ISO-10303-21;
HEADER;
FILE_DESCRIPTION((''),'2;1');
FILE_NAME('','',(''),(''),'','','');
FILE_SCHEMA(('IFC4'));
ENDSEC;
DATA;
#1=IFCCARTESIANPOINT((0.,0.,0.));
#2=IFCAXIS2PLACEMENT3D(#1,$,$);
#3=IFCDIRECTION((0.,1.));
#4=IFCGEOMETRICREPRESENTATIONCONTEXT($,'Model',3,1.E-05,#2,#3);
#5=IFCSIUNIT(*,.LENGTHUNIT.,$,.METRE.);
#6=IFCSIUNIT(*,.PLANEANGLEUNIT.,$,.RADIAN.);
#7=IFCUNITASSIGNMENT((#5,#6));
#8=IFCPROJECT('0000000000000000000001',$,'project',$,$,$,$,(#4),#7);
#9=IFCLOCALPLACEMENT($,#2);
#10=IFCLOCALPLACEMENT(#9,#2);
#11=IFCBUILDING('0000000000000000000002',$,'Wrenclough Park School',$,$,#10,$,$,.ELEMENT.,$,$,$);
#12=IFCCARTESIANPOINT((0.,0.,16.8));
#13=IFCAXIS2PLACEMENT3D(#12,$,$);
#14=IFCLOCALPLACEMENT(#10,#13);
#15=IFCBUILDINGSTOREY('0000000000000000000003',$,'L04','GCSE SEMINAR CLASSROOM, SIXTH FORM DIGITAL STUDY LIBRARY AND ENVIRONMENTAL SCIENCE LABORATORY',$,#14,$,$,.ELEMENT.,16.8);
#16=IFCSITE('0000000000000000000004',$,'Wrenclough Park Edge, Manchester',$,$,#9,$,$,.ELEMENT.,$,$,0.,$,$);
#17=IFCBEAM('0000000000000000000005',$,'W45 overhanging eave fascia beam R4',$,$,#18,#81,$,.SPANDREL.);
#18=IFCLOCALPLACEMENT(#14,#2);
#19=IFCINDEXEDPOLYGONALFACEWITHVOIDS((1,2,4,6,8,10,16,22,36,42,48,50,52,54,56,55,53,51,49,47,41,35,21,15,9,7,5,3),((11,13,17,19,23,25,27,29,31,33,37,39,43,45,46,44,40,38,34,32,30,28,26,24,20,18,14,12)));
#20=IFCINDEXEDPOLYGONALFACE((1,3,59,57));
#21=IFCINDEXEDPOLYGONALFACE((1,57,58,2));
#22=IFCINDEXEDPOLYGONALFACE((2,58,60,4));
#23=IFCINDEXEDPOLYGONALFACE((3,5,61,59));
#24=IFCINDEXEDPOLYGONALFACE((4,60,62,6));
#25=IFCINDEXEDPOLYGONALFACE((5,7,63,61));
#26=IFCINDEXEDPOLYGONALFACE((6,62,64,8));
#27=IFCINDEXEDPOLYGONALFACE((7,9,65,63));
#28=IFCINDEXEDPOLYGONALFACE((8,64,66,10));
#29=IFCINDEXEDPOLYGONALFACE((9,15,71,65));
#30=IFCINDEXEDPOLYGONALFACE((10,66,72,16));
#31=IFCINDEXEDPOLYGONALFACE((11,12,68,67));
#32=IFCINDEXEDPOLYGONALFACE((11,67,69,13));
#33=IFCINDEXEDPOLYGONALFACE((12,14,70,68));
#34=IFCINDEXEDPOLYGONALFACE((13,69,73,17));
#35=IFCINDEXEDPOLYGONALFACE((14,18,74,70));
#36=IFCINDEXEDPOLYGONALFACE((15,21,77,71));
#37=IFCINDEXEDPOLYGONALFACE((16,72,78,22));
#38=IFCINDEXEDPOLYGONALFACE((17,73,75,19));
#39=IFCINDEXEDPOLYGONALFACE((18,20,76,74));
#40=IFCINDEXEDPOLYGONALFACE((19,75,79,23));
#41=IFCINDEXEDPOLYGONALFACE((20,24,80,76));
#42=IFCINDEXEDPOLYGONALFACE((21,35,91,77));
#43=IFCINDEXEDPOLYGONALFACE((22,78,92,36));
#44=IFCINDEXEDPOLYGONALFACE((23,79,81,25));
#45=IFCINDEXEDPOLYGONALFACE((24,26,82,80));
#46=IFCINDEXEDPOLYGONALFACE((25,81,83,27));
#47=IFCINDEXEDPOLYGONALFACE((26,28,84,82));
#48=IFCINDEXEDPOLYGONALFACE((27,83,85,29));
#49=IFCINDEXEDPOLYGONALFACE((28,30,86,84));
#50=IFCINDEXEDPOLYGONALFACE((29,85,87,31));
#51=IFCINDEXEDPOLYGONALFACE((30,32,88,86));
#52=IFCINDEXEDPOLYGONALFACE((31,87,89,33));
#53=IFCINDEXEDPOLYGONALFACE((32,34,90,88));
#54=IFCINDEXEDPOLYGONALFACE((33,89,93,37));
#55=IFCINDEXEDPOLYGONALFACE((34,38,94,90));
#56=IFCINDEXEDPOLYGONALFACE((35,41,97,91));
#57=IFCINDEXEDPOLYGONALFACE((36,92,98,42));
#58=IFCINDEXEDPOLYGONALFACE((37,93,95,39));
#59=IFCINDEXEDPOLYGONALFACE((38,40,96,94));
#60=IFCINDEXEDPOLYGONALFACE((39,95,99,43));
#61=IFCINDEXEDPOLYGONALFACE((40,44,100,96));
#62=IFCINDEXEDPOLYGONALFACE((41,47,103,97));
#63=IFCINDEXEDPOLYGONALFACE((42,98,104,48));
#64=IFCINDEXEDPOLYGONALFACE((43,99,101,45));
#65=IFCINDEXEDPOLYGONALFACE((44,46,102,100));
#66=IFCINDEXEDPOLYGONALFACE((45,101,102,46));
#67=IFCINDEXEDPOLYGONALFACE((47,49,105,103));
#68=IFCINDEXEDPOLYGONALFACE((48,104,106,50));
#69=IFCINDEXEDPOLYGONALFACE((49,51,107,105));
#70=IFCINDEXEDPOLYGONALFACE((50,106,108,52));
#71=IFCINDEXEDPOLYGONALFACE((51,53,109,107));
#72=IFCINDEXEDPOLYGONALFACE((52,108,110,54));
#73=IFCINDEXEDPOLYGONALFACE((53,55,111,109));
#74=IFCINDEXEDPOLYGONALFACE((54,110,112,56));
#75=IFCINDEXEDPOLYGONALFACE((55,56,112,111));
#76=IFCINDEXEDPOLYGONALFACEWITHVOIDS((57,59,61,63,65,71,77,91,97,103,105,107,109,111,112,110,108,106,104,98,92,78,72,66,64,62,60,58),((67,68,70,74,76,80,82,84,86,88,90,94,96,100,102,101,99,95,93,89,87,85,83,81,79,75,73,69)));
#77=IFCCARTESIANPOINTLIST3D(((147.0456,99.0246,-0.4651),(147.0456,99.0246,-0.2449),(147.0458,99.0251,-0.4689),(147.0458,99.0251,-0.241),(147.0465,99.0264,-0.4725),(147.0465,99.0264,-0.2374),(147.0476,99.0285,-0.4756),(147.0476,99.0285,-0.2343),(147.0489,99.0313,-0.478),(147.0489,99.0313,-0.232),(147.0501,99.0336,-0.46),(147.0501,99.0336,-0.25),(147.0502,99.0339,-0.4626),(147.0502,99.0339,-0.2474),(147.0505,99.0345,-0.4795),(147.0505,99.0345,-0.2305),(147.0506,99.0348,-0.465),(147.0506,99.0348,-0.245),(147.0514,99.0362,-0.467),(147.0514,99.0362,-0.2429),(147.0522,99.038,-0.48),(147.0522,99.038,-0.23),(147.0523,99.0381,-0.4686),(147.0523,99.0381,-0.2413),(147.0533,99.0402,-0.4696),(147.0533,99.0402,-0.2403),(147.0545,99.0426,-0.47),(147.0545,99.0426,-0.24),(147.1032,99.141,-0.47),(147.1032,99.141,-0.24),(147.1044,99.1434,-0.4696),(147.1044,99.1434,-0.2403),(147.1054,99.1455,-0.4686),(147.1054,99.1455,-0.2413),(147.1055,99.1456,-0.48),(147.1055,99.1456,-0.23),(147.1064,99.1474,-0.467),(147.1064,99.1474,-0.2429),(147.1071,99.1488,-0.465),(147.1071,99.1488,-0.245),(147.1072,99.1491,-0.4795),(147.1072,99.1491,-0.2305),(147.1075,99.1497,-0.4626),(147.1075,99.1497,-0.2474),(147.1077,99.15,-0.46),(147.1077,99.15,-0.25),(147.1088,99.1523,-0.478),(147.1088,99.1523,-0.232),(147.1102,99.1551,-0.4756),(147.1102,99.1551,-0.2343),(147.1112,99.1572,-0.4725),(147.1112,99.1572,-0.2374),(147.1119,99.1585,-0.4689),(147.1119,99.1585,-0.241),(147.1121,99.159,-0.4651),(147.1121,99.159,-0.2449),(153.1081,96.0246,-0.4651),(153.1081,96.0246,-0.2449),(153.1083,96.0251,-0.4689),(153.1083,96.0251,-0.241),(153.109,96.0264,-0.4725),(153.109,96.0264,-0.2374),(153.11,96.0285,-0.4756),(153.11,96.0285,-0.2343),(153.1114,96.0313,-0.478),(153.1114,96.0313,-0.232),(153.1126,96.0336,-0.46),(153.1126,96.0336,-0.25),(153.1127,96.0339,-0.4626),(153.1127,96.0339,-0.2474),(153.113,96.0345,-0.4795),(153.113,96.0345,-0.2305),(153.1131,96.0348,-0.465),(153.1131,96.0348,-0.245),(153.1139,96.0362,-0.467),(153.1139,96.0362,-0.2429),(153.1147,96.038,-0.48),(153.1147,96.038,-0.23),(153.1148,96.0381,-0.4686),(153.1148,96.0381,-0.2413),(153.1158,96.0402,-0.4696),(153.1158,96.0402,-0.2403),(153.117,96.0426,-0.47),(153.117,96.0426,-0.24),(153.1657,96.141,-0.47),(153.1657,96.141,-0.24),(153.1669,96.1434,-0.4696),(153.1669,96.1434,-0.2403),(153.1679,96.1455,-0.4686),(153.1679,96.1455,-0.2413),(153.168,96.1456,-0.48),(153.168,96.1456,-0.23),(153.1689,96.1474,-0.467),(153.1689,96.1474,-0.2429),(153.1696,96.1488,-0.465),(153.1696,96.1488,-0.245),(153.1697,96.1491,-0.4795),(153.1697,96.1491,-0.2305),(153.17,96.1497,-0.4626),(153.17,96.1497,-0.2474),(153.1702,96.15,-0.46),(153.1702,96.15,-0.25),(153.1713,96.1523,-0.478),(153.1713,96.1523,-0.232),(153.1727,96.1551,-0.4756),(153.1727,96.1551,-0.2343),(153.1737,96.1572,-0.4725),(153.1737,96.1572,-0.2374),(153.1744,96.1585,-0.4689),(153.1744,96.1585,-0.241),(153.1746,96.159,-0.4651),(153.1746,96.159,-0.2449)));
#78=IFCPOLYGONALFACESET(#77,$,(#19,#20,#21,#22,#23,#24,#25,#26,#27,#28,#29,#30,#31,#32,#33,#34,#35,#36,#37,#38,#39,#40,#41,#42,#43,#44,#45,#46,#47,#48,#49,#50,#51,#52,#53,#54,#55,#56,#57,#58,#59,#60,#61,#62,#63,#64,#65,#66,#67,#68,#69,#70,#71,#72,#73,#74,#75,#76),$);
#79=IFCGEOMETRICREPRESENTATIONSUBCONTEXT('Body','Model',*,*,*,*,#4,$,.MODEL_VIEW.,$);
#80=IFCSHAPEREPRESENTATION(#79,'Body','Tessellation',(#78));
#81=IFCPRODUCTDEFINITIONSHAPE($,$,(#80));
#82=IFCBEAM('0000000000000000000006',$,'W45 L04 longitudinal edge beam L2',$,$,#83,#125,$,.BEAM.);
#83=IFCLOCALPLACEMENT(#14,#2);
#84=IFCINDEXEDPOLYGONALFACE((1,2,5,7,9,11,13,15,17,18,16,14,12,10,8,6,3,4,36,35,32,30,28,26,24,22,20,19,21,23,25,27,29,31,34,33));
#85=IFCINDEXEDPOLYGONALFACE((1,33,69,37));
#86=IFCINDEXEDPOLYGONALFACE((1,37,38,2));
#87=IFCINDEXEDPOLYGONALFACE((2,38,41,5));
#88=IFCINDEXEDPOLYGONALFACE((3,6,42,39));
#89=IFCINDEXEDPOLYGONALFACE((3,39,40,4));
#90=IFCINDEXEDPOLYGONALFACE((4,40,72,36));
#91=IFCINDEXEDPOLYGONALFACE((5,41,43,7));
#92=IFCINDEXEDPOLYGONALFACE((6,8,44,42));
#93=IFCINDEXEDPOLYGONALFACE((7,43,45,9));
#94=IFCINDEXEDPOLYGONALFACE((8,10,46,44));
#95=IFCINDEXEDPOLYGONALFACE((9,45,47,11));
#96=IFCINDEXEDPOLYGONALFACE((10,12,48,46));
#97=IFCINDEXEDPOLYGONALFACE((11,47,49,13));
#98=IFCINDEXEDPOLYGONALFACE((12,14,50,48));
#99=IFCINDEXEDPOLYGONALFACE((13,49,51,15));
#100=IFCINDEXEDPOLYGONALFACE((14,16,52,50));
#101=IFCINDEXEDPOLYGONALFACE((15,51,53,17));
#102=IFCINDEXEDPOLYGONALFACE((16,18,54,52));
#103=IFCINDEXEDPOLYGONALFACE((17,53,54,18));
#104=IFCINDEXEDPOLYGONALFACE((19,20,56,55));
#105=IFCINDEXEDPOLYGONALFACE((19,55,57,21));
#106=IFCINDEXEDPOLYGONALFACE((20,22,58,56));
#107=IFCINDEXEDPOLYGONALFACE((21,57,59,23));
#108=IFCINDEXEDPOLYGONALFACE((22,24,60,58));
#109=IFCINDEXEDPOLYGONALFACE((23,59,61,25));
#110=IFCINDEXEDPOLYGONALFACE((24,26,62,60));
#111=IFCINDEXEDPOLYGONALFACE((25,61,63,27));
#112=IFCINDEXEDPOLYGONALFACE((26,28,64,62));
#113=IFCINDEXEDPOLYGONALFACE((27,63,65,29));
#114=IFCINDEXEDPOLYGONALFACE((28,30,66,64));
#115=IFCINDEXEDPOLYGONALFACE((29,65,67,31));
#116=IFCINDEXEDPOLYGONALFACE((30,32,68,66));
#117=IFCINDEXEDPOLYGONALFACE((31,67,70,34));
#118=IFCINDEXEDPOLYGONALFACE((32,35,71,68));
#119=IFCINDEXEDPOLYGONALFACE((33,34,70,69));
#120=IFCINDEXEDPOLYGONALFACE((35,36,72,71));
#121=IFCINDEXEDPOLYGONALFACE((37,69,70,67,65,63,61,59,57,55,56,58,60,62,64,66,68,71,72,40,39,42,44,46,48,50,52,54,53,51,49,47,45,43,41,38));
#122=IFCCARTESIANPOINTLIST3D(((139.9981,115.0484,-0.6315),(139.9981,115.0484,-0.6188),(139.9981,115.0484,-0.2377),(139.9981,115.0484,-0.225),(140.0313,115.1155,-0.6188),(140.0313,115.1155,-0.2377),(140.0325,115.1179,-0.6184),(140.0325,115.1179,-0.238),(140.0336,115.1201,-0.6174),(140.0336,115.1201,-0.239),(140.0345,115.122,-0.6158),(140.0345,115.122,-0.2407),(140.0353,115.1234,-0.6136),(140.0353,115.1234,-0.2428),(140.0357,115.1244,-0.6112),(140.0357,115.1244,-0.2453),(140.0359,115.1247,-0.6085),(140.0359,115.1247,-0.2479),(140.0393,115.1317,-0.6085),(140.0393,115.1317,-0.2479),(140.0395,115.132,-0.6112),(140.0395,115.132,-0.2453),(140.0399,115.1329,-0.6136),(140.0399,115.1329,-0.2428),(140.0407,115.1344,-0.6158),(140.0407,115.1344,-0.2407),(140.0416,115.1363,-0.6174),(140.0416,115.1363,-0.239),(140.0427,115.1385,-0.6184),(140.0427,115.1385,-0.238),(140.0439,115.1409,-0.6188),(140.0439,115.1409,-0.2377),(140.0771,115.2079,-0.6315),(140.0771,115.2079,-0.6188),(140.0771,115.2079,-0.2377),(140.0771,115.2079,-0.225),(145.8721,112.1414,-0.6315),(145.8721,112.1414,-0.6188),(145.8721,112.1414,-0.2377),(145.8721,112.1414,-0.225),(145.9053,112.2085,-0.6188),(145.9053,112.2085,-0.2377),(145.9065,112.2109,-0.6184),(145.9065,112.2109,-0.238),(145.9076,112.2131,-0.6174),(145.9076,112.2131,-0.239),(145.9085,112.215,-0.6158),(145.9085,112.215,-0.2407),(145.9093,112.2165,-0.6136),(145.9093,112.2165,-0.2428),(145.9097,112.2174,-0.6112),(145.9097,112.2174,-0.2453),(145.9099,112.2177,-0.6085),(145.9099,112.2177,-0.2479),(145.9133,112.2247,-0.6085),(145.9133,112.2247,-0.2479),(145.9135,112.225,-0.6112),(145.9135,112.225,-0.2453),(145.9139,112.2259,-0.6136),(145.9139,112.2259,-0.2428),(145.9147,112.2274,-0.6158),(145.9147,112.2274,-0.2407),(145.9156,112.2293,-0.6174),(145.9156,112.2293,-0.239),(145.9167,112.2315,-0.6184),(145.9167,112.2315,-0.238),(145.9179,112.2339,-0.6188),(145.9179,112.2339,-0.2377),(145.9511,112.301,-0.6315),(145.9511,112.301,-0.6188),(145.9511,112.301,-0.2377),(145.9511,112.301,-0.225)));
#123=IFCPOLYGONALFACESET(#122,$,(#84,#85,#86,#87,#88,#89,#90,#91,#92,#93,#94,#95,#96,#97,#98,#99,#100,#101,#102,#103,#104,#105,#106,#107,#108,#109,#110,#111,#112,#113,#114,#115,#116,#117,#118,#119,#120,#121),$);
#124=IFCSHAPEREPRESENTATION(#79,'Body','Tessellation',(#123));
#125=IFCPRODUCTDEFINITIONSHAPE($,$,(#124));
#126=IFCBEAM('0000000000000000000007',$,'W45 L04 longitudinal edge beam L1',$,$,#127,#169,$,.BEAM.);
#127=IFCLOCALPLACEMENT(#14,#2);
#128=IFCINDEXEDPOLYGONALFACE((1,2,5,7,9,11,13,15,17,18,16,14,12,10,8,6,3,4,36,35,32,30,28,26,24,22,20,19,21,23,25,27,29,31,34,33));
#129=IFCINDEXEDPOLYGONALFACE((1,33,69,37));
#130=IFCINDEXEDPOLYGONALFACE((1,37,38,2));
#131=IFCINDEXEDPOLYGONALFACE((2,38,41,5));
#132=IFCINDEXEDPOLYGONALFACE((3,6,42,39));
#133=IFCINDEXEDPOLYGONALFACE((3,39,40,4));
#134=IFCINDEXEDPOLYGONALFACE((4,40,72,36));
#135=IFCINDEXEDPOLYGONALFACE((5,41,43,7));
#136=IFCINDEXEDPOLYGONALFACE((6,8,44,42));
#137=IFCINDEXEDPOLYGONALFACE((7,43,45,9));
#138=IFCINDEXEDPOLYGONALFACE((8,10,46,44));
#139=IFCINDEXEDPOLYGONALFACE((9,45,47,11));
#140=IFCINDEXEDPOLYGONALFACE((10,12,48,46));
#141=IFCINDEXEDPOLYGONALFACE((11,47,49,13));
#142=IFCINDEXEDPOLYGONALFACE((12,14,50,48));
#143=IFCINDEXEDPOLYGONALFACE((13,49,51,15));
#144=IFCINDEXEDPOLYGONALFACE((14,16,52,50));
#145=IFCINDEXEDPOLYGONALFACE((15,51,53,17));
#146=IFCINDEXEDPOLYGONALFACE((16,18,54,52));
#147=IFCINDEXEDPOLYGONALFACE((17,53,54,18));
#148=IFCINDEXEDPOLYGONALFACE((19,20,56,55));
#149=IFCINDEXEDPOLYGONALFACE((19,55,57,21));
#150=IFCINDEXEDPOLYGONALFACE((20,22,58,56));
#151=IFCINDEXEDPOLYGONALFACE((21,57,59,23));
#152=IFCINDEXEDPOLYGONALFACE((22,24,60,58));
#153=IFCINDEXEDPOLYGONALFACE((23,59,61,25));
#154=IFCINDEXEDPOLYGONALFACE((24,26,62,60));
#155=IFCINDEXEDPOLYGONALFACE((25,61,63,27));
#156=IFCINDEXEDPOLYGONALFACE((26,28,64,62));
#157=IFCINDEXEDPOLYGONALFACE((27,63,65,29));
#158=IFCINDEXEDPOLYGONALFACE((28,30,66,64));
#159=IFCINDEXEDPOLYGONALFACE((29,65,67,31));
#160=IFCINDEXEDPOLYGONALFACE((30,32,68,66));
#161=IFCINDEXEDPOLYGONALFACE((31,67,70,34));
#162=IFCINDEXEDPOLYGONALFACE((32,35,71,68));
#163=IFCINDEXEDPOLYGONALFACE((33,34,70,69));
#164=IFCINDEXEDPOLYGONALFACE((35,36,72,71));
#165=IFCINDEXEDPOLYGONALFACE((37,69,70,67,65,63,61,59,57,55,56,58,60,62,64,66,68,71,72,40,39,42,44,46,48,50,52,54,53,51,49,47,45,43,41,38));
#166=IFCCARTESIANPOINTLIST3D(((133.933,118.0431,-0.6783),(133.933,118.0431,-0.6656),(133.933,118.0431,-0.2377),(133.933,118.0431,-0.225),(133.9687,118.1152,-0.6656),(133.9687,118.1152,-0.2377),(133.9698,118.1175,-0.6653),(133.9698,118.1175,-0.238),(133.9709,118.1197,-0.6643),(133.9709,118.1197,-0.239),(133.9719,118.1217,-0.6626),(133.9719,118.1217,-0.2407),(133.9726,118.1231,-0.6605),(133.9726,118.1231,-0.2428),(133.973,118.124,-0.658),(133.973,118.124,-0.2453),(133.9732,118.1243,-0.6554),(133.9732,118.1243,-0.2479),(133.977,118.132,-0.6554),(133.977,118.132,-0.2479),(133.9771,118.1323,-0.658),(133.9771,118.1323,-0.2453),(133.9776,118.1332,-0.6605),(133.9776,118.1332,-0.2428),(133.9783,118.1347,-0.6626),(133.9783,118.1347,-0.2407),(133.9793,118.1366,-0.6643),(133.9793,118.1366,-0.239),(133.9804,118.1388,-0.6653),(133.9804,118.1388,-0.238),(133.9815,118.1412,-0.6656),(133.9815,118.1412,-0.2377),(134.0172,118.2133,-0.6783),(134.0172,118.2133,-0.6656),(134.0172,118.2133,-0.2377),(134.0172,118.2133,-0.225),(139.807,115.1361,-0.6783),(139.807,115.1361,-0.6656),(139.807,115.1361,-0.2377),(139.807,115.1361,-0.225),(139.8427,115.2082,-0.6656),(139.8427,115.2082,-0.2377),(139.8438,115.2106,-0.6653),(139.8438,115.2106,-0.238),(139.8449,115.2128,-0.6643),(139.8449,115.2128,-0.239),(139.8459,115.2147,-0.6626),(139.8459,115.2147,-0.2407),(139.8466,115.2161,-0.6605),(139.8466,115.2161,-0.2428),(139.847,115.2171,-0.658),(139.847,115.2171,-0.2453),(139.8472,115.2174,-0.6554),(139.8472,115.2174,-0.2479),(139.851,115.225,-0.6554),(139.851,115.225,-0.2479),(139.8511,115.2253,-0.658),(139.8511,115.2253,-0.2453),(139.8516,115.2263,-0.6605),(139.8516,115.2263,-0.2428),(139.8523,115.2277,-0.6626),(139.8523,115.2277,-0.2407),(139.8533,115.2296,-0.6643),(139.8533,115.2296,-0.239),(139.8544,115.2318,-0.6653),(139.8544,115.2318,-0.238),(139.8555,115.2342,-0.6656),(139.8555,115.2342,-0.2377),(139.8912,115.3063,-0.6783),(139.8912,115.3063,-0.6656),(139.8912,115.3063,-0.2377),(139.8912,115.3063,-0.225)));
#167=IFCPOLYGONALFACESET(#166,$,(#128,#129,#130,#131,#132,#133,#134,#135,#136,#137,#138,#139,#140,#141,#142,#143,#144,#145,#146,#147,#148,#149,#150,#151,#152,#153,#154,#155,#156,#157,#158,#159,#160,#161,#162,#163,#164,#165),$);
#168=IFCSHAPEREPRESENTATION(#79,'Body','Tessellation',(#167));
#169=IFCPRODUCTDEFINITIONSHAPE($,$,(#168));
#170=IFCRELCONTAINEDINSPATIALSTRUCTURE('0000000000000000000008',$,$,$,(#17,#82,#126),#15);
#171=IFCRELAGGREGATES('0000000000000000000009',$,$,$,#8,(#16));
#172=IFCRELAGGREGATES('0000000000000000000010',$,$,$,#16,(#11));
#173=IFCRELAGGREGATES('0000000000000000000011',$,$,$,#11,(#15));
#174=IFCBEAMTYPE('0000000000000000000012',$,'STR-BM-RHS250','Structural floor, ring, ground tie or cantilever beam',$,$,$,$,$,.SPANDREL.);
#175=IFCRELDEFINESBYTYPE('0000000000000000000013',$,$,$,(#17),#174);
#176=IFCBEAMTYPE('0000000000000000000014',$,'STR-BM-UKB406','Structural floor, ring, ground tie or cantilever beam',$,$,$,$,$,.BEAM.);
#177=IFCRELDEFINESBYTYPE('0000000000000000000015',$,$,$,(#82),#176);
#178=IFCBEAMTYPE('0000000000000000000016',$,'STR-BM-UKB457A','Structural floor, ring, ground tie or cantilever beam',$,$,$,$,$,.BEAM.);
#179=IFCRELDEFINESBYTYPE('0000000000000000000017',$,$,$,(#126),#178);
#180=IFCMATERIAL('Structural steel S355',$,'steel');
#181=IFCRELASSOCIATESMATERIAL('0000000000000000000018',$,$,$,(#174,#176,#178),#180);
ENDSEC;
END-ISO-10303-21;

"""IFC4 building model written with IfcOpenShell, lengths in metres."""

from ifc_helpers import new_model, si_unit, direction, frame, origin, origin_2d, place, context, subcontext, project, spatial, hollow_rectangle, i_section, extrude, material, material_profile, profile_set, type_object, element, save


model = new_model("IFC4")

# Units and contexts
model_context = context("Model", 3, precision=1e-05, world=origin(), true_north=direction((0.0, 1.0)))
body_context = subcontext(model_context, "Body", "Model", "MODEL_VIEW")
ifc_project = project(units=[si_unit("LENGTHUNIT", "METRE"), si_unit("PLANEANGLEUNIT", "RADIAN")], contexts=[model_context])

# Site, building, storey
site_placement = place(None, origin())
site = spatial("IfcSite", under=ifc_project, at=site_placement, Name="Wrenclough Park Edge, Manchester", CompositionType="ELEMENT", RefElevation=0.0)
building_placement = place(site_placement, origin())
building = spatial("IfcBuilding", under=site, at=building_placement, Name="Wrenclough Park School", CompositionType="ELEMENT")
storey_placement = place(building_placement, frame((0.0, 0.0, 16.8)))
storey = spatial("IfcBuildingStorey", under=building, at=storey_placement, Name="L04", Description="GCSE SEMINAR CLASSROOM, SIXTH FORM DIGITAL STUDY LIBRARY AND ENVIRONMENTAL SCIENCE LABORATORY", CompositionType="ELEMENT", Elevation=16.8)

# Beams
ifc_material_1 = material(Name="Structural steel S355", Category="steel")
ifc_material_profile_1 = material_profile(ifc_material_1, hollow_rectangle(XDim=0.1499, YDim=0.25, WallThickness=0.01, InnerFilletRadius=0.01, OuterFilletRadius=0.0149, at=origin_2d()), Name="RHS 250x150x10.0")
ifc_profile_set_1 = profile_set([ifc_material_profile_1], Name="Structural steel S355")
beam_type_1 = type_object("IfcBeamType", Name="STR-BM-RHS250", Description="Structural floor, ring, ground tie or cantilever beam", PredefinedType="SPANDREL", material=ifc_profile_set_1)
for number, where, z_axis, x_axis, name in (
    (1, (147.0789, 99.0918, -0.355), (0.896268, -0.443514, 0.0), (0.443514, 0.896268, 0.0), "W45 overhanging eave fascia beam R4"),
):
    element("IfcBeam", number, at=place(storey_placement, frame(where, z_axis=z_axis, x_axis=x_axis)), inside=storey, type_object=beam_type_1, Name=name, PredefinedType="SPANDREL", context=body_context, shape_type="SweptSolid", body=[
        extrude(hollow_rectangle(XDim=0.1499, YDim=0.25, WallThickness=0.01, InnerFilletRadius=0.01, OuterFilletRadius=0.0149, at=origin_2d()), origin(), (0.0, 0.0, 1.0), 6.7642),
    ])
ifc_material_profile_2 = material_profile(ifc_material_1, i_section(OverallWidth=0.178, OverallDepth=0.4065, WebThickness=0.0078, FlangeThickness=0.0127, FilletRadius=0.0103, at=origin_2d()), Name="UKB 406x178x60")
ifc_profile_set_2 = profile_set([ifc_material_profile_2], Name="Structural steel S355")
beam_type_2 = type_object("IfcBeamType", Name="STR-BM-UKB406", Description="Structural floor, ring, ground tie or cantilever beam", PredefinedType="BEAM", material=ifc_profile_set_2)
beam_placement = place(storey_placement, frame((140.0376, 115.1282, -0.4282), z_axis=(0.896252, -0.443544, 0.0), x_axis=(0.443544, 0.896252, 0.0)))
element("IfcBeam", 2, at=beam_placement, inside=storey, type_object=beam_type_2, Name="W45 L04 longitudinal edge beam L2", PredefinedType="BEAM", context=body_context, shape_type="SweptSolid", body=[
    extrude(i_section(OverallWidth=0.178, OverallDepth=0.4065, WebThickness=0.0078, FlangeThickness=0.0127, FilletRadius=0.0103, at=origin_2d()), origin(), (0.0, 0.0, 1.0), 6.554),
])
ifc_material_profile_3 = material_profile(ifc_material_1, i_section(OverallWidth=0.1899, OverallDepth=0.4534, WebThickness=0.0085, FlangeThickness=0.0127, FilletRadius=0.0103, at=origin_2d()), Name="UKB 457x191x67")
ifc_profile_set_3 = profile_set([ifc_material_profile_3], Name="Structural steel S355")
beam_type_3 = type_object("IfcBeamType", Name="STR-BM-UKB457A", Description="Structural floor, ring, ground tie or cantilever beam", PredefinedType="BEAM", material=ifc_profile_set_3)
for number, where, z_axis, x_axis, name in (
    (3, (133.9751, 118.1282, -0.4517), (0.896252, -0.443544, 0.0), (0.443544, 0.896252, 0.0), "W45 L04 longitudinal edge beam L1"),
):
    element("IfcBeam", number, at=place(storey_placement, frame(where, z_axis=z_axis, x_axis=x_axis)), inside=storey, type_object=beam_type_3, Name=name, PredefinedType="BEAM", context=body_context, shape_type="SweptSolid", body=[
        extrude(i_section(OverallWidth=0.1899, OverallDepth=0.4534, WebThickness=0.0085, FlangeThickness=0.0127, FilletRadius=0.0103, at=origin_2d()), origin(), (0.0, 0.0, 1.0), 6.554),
    ])

save(model, "model.ifc")
